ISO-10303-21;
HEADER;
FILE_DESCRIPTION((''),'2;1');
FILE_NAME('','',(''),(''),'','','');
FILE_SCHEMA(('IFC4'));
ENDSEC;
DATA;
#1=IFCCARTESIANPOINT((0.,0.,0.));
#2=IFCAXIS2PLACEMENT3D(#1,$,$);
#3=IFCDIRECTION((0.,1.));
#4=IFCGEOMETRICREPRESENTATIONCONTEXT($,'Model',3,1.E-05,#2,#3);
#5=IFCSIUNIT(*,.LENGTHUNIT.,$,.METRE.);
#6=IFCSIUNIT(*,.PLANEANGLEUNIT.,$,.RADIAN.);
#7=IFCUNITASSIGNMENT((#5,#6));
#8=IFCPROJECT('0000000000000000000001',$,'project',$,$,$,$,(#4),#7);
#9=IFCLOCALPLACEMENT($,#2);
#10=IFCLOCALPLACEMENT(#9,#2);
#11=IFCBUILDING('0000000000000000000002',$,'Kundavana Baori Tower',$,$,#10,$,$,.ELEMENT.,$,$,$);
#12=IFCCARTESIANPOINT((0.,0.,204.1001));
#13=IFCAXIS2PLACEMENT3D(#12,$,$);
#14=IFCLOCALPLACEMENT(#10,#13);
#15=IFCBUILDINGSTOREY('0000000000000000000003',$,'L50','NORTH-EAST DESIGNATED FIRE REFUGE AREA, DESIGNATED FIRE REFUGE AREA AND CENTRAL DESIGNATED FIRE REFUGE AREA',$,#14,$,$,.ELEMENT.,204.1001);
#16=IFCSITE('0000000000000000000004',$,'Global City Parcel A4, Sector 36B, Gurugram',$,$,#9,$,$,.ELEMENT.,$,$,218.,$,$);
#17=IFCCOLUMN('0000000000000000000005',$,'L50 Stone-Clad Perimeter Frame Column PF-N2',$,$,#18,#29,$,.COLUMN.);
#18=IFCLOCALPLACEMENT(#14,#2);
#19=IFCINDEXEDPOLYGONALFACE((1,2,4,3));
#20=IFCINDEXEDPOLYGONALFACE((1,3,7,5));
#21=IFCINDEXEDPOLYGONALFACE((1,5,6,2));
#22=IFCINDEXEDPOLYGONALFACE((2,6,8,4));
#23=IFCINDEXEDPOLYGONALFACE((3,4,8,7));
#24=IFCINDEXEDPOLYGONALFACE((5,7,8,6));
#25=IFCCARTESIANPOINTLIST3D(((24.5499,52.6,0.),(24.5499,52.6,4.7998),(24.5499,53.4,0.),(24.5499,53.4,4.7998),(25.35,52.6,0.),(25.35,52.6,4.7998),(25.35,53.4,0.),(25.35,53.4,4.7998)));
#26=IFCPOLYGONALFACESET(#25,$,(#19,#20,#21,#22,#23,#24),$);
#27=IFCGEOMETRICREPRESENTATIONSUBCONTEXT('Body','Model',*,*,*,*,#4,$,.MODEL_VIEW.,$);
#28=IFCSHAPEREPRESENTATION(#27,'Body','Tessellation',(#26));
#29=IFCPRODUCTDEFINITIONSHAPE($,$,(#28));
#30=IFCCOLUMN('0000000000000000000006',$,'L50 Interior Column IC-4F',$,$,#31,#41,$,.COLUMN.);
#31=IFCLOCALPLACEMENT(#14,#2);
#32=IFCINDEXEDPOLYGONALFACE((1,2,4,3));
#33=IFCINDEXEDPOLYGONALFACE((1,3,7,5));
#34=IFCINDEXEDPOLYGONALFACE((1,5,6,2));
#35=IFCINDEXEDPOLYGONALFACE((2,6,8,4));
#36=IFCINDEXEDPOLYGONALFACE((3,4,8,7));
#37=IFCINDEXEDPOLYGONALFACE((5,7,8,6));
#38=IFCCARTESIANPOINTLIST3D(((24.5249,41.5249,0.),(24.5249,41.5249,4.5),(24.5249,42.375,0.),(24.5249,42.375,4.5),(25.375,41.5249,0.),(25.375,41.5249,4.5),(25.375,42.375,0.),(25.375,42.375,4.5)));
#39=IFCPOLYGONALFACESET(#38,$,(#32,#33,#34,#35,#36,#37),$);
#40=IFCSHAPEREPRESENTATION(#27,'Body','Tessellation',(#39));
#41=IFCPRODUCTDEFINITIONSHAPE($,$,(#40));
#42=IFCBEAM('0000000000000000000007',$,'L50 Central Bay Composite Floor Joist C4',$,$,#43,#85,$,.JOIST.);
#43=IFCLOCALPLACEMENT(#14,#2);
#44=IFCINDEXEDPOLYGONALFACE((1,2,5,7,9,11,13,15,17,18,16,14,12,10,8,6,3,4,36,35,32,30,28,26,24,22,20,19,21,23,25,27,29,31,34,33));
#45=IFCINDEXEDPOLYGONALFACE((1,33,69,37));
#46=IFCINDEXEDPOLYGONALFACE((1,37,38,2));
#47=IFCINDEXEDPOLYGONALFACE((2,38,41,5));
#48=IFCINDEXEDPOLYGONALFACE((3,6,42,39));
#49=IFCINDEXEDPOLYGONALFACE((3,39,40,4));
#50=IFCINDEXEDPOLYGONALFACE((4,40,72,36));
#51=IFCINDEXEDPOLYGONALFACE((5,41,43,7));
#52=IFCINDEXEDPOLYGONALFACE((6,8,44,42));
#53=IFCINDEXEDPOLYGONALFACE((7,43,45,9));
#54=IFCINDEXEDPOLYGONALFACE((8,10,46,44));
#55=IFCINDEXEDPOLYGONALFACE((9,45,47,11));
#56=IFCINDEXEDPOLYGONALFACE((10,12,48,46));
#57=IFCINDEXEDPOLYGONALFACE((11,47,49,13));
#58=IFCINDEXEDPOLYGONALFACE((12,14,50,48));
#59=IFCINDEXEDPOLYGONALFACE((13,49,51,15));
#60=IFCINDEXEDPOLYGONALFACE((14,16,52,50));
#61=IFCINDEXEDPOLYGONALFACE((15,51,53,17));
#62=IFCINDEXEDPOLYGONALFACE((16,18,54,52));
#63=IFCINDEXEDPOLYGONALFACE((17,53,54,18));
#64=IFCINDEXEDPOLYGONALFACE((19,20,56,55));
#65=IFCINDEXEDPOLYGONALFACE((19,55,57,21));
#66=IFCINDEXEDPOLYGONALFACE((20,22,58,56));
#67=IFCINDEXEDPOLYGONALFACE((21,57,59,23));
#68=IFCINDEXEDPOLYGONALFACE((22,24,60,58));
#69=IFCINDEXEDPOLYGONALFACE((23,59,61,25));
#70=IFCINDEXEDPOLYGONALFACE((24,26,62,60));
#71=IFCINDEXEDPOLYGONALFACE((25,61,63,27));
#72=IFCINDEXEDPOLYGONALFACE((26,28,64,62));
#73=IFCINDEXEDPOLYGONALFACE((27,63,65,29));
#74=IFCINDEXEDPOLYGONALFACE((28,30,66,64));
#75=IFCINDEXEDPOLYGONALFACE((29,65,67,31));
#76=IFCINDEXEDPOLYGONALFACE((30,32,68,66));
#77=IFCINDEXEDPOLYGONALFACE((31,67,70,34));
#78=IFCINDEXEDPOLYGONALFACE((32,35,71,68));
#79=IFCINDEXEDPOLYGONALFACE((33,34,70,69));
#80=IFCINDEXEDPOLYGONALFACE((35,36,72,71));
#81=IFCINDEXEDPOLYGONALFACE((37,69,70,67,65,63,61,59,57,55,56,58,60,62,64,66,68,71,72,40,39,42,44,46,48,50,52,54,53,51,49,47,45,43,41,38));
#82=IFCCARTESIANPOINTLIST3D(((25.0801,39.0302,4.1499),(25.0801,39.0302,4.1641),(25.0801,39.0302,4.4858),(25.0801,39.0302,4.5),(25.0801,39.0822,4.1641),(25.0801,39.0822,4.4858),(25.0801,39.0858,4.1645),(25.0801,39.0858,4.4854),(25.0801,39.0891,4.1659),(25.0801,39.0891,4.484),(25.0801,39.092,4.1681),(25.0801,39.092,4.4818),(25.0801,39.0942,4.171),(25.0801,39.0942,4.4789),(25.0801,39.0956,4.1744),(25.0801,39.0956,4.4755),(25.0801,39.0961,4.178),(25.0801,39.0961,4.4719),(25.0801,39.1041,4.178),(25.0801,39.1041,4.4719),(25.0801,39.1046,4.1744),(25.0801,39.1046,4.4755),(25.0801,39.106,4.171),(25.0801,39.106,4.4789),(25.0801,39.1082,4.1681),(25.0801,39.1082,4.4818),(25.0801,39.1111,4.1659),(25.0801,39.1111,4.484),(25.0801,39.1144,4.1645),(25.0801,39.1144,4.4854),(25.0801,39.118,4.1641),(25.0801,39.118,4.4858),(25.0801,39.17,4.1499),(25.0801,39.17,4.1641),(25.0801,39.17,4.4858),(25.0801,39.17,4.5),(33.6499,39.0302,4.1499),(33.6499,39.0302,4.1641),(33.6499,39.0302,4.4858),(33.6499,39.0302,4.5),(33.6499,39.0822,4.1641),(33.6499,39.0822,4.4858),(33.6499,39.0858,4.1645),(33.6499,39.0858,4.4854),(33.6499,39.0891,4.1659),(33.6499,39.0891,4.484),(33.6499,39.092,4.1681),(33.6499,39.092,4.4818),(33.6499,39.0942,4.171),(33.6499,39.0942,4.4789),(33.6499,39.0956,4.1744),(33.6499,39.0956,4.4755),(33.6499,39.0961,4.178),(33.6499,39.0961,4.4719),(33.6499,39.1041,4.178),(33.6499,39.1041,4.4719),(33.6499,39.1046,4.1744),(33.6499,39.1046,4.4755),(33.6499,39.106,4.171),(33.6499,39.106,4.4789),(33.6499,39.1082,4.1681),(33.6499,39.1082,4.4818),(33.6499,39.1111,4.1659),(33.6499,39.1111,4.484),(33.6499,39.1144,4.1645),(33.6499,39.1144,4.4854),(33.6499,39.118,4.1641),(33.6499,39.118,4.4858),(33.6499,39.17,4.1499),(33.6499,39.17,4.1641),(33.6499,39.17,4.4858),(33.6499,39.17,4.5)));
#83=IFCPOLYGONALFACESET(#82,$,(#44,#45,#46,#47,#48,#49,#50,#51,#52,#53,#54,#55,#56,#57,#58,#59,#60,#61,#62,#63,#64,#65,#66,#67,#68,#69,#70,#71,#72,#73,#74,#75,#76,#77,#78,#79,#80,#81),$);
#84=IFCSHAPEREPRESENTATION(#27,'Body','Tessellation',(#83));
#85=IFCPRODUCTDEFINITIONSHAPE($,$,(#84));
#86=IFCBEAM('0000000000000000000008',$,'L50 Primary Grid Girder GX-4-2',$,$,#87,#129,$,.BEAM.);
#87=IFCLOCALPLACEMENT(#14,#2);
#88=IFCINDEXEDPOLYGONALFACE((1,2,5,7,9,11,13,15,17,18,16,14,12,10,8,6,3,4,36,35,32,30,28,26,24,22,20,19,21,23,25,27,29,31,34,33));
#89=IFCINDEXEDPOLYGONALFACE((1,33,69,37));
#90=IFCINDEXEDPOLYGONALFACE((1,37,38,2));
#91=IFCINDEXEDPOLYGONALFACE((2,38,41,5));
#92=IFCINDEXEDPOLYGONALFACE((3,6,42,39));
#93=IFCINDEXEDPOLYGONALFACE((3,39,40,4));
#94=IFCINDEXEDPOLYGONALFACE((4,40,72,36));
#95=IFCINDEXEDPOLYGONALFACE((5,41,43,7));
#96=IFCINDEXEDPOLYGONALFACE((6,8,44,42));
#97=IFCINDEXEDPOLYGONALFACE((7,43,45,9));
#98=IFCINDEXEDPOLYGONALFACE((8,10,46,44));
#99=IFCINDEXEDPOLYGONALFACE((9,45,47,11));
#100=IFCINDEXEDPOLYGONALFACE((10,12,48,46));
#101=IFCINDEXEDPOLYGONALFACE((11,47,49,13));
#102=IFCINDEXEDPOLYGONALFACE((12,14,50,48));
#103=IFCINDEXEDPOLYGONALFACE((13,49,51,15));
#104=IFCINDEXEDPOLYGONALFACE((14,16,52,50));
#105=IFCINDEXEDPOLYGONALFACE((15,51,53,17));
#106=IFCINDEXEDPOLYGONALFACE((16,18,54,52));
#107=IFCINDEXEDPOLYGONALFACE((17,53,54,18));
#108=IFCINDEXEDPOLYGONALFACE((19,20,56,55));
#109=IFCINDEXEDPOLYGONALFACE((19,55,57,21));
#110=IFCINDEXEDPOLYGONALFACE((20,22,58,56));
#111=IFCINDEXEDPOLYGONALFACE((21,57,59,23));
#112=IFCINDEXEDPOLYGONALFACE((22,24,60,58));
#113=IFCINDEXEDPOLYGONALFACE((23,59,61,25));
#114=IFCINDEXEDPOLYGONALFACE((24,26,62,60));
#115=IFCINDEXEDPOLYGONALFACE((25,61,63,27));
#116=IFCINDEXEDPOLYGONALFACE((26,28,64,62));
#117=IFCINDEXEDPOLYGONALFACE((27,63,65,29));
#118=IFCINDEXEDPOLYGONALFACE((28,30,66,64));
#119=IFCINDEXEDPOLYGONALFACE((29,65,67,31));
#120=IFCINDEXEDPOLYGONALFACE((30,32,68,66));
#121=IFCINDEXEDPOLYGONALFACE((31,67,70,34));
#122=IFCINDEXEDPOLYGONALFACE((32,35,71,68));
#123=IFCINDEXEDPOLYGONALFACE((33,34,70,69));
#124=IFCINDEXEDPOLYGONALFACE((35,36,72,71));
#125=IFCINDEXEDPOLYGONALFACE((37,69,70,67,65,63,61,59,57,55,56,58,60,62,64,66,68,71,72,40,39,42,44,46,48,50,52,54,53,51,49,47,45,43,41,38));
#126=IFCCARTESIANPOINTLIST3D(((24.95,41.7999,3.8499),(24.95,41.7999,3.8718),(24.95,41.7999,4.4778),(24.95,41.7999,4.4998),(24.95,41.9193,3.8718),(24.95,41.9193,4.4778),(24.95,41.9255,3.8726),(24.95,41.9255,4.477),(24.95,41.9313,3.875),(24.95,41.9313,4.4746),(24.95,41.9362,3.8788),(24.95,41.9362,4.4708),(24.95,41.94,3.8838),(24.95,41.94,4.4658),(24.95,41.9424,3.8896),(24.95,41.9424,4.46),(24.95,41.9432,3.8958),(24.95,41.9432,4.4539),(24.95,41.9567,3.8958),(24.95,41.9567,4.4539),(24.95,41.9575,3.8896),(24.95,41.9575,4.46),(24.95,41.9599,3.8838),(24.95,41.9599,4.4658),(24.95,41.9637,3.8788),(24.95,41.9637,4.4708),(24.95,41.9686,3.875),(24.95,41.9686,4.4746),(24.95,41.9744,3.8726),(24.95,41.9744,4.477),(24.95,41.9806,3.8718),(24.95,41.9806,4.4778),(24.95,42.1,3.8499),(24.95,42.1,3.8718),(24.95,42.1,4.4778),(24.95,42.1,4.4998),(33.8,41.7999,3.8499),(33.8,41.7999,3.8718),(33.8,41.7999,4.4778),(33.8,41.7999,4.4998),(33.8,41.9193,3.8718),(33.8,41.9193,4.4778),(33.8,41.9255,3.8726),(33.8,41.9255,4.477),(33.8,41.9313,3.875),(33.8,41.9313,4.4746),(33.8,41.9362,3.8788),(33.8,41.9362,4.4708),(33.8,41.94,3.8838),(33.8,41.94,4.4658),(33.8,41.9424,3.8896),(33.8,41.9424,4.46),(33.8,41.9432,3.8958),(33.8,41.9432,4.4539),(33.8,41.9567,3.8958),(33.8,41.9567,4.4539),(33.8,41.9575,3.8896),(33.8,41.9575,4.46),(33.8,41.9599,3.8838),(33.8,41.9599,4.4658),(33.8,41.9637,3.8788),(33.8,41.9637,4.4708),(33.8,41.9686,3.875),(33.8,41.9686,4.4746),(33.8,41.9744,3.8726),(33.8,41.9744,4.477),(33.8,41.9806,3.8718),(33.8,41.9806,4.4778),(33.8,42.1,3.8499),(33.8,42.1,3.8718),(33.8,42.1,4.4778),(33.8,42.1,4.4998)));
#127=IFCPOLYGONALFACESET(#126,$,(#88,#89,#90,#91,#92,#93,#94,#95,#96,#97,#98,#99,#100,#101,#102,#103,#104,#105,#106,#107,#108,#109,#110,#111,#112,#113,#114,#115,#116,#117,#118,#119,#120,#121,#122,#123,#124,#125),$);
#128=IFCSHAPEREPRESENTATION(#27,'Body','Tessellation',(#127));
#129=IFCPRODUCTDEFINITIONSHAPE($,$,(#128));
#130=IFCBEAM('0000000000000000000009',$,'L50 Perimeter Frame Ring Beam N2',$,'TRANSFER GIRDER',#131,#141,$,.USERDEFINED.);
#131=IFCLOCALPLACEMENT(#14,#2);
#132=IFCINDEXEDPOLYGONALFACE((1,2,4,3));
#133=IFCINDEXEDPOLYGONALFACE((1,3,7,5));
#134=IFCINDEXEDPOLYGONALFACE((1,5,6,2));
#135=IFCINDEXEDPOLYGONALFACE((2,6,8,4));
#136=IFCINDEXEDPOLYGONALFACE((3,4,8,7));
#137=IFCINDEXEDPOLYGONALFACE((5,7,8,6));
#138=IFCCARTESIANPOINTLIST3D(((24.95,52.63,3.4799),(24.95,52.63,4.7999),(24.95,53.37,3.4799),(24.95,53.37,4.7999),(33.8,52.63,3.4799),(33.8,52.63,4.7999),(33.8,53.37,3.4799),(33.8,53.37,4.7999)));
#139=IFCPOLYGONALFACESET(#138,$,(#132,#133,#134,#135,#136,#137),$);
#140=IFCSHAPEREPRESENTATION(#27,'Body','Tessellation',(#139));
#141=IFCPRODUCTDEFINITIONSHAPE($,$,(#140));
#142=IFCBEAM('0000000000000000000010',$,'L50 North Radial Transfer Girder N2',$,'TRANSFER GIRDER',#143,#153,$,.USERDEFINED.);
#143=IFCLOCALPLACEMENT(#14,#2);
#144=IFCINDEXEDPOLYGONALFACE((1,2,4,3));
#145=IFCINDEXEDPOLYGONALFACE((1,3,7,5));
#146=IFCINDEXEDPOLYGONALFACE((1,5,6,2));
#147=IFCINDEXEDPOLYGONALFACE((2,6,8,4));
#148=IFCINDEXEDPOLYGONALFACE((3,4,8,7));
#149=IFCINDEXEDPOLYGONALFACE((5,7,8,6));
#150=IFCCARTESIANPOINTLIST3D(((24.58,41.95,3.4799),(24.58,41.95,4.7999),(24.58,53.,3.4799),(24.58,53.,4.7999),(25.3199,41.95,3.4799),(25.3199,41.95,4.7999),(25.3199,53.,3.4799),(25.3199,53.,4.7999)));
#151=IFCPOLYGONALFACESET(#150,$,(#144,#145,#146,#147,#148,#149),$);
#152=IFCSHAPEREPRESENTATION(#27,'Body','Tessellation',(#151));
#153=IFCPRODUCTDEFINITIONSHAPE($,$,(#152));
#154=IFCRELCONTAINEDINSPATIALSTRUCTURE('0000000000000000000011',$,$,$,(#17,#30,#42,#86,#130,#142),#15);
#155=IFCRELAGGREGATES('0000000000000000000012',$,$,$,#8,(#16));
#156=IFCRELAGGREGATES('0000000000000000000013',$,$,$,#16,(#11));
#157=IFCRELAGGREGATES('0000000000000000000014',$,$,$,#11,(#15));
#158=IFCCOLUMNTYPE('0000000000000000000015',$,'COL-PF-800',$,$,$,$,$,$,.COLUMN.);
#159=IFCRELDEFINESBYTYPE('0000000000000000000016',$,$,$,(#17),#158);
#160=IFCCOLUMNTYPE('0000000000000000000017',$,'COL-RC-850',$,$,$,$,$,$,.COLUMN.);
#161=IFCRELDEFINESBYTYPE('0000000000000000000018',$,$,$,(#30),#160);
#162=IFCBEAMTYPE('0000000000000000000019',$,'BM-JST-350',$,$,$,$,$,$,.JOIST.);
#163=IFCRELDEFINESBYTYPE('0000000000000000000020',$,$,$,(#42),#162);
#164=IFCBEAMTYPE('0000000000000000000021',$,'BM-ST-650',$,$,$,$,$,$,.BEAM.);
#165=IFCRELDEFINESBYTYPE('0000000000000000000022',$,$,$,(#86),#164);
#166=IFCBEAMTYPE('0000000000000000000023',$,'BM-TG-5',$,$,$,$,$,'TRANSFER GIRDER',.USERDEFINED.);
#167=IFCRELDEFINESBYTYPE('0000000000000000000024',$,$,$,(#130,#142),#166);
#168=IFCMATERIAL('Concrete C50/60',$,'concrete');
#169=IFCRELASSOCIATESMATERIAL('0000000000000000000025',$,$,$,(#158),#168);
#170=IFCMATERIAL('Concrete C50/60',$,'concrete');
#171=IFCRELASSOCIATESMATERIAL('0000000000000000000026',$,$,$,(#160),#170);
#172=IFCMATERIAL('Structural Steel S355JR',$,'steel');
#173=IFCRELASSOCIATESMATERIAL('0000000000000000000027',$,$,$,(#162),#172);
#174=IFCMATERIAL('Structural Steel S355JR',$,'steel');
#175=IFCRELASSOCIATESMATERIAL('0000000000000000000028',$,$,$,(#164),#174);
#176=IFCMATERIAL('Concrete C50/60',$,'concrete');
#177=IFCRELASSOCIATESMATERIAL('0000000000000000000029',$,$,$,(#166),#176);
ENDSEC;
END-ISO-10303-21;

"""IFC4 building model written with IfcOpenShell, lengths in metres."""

from ifc_helpers import new_model, si_unit, direction, frame, origin, origin_2d, place, context, subcontext, project, spatial, rectangle, i_section, extrude, material, material_profile, profile_set, type_object, element, save


model = new_model("IFC4")

# Units and contexts
model_context = context("Model", 3, precision=1e-05, world=origin(), true_north=direction((0.0, 1.0)))
body_context = subcontext(model_context, "Body", "Model", "MODEL_VIEW")
ifc_project = project(units=[si_unit("LENGTHUNIT", "METRE"), si_unit("PLANEANGLEUNIT", "RADIAN")], contexts=[model_context])

# Site, building, storey
site_placement = place(None, origin())
site = spatial("IfcSite", under=ifc_project, at=site_placement, Name="Global City Parcel A4, Sector 36B, Gurugram", CompositionType="ELEMENT", RefElevation=218.0)
building_placement = place(site_placement, origin())
building = spatial("IfcBuilding", under=site, at=building_placement, Name="Kundavana Baori Tower", CompositionType="ELEMENT")
storey_placement = place(building_placement, frame((0.0, 0.0, 204.1001)))
storey = spatial("IfcBuildingStorey", under=building, at=storey_placement, Name="L50", Description="NORTH-EAST DESIGNATED FIRE REFUGE AREA, DESIGNATED FIRE REFUGE AREA AND CENTRAL DESIGNATED FIRE REFUGE AREA", CompositionType="ELEMENT", Elevation=204.1001)

# Columns
ifc_material_1 = material(Name="Concrete C50/60", Category="concrete")
ifc_material_profile_1 = material_profile(ifc_material_1, rectangle(XDim=0.8, YDim=0.8, at=origin_2d()), Name="RC PF 800x800")
ifc_profile_set_1 = profile_set([ifc_material_profile_1], Name="Concrete C50/60")
column_type_1 = type_object("IfcColumnType", Name="COL-PF-800", PredefinedType="COLUMN", material=ifc_profile_set_1)
column_1_placement = place(storey_placement, frame((24.95, 53.0, 0.0), z_axis=(0.0, 0.0, 1.0), x_axis=(1.0, 0.0, 0.0)))
element("IfcColumn", 1, at=column_1_placement, inside=storey, type_object=column_type_1, Name="L50 Stone-Clad Perimeter Frame Column PF-N2", PredefinedType="COLUMN", context=body_context, shape_type="SweptSolid", body=[
    extrude(rectangle(XDim=0.8, YDim=0.8, at=origin_2d()), origin(), (0.0, 0.0, 1.0), 4.7998),
])
ifc_material_2 = material(Name="Concrete C50/60", Category="concrete")
ifc_material_profile_2 = material_profile(ifc_material_2, rectangle(XDim=0.8501, YDim=0.8501, at=origin_2d()), Name="RC 850x850")
ifc_profile_set_2 = profile_set([ifc_material_profile_2], Name="Concrete C50/60")
column_type_2 = type_object("IfcColumnType", Name="COL-RC-850", PredefinedType="COLUMN", material=ifc_profile_set_2)
column_2_placement = place(storey_placement, frame((24.95, 41.95, 0.0), z_axis=(0.0, 0.0, 1.0), x_axis=(1.0, 0.0, 0.0)))
element("IfcColumn", 2, at=column_2_placement, inside=storey, type_object=column_type_2, Name="L50 Interior Column IC-4F", PredefinedType="COLUMN", context=body_context, shape_type="SweptSolid", body=[
    extrude(rectangle(XDim=0.8501, YDim=0.8501, at=origin_2d()), origin(), (0.0, 0.0, 1.0), 4.5),
])

# Beams
ifc_material_3 = material(Name="Structural Steel S355JR", Category="steel")
ifc_material_profile_3 = material_profile(ifc_material_3, i_section(OverallWidth=0.1399, OverallDepth=0.3501, WebThickness=0.0081, FlangeThickness=0.0142, FilletRadius=0.0139, at=origin_2d()), Name="ISMB 350")
ifc_profile_set_3 = profile_set([ifc_material_profile_3], Name="Structural Steel S355JR")
beam_type_1 = type_object("IfcBeamType", Name="BM-JST-350", PredefinedType="JOIST", material=ifc_profile_set_3)
beam_1_placement = place(storey_placement, frame((25.0801, 39.1001, 4.325), z_axis=(1.0, 0.0, 0.0), x_axis=(0.0, 1.0, 0.0)))
element("IfcBeam", 3, at=beam_1_placement, inside=storey, type_object=beam_type_1, Name="L50 Central Bay Composite Floor Joist C4", PredefinedType="JOIST", context=body_context, shape_type="SweptSolid", body=[
    extrude(i_section(OverallWidth=0.1399, OverallDepth=0.3501, WebThickness=0.0081, FlangeThickness=0.0142, FilletRadius=0.0139, at=origin_2d()), origin(), (0.0, 0.0, 1.0), 8.5698),
])
ifc_material_4 = material(Name="Structural Steel S355JR", Category="steel")
ifc_material_profile_4 = material_profile(ifc_material_4, i_section(OverallWidth=0.3, OverallDepth=0.6499, WebThickness=0.0134, FlangeThickness=0.022, FilletRadius=0.0239, at=origin_2d()), Name="NPB 650x300x155")
ifc_profile_set_4 = profile_set([ifc_material_profile_4], Name="Structural Steel S355JR")
beam_type_2 = type_object("IfcBeamType", Name="BM-ST-650", PredefinedType="BEAM", material=ifc_profile_set_4)
beam_2_placement = place(storey_placement, frame((24.95, 41.95, 4.1748), z_axis=(1.0, 0.0, 0.0), x_axis=(0.0, 1.0, 0.0)))
element("IfcBeam", 4, at=beam_2_placement, inside=storey, type_object=beam_type_2, Name="L50 Primary Grid Girder GX-4-2", PredefinedType="BEAM", context=body_context, shape_type="SweptSolid", body=[
    extrude(i_section(OverallWidth=0.3, OverallDepth=0.6499, WebThickness=0.0134, FlangeThickness=0.022, FilletRadius=0.0239, at=origin_2d()), origin(), (0.0, 0.0, 1.0), 8.8501),
])
ifc_material_5 = material(Name="Concrete C50/60", Category="concrete")
ifc_material_profile_5 = material_profile(ifc_material_5, rectangle(XDim=0.74, YDim=1.3201, at=origin_2d()), Name="BM-TG-5")
ifc_profile_set_5 = profile_set([ifc_material_profile_5], Name="Concrete C50/60")
beam_type_3 = type_object("IfcBeamType", Name="BM-TG-5", ElementType="TRANSFER GIRDER", PredefinedType="USERDEFINED", material=ifc_profile_set_5)
beam_3_placement = place(storey_placement, frame((24.95, 53.0, 4.1399), z_axis=(1.0, 0.0, 0.0), x_axis=(0.0, 1.0, 0.0)))
element("IfcBeam", 5, at=beam_3_placement, inside=storey, type_object=beam_type_3, Name="L50 Perimeter Frame Ring Beam N2", ObjectType="TRANSFER GIRDER", PredefinedType="USERDEFINED", context=body_context, shape_type="SweptSolid", body=[
    extrude(rectangle(XDim=0.74, YDim=1.3201, at=origin_2d()), origin(), (0.0, 0.0, 1.0), 8.8501),
])
beam_4_placement = place(storey_placement, frame((24.95, 41.95, 4.1399), z_axis=(0.0, 1.0, 0.0), x_axis=(-1.0, 0.0, 0.0)))
element("IfcBeam", 6, at=beam_4_placement, inside=storey, type_object=beam_type_3, Name="L50 North Radial Transfer Girder N2", ObjectType="TRANSFER GIRDER", PredefinedType="USERDEFINED", context=body_context, shape_type="SweptSolid", body=[
    extrude(rectangle(XDim=0.74, YDim=1.3201, at=origin_2d()), origin(), (0.0, 0.0, 1.0), 11.05),
])

save(model, "model.ifc")
